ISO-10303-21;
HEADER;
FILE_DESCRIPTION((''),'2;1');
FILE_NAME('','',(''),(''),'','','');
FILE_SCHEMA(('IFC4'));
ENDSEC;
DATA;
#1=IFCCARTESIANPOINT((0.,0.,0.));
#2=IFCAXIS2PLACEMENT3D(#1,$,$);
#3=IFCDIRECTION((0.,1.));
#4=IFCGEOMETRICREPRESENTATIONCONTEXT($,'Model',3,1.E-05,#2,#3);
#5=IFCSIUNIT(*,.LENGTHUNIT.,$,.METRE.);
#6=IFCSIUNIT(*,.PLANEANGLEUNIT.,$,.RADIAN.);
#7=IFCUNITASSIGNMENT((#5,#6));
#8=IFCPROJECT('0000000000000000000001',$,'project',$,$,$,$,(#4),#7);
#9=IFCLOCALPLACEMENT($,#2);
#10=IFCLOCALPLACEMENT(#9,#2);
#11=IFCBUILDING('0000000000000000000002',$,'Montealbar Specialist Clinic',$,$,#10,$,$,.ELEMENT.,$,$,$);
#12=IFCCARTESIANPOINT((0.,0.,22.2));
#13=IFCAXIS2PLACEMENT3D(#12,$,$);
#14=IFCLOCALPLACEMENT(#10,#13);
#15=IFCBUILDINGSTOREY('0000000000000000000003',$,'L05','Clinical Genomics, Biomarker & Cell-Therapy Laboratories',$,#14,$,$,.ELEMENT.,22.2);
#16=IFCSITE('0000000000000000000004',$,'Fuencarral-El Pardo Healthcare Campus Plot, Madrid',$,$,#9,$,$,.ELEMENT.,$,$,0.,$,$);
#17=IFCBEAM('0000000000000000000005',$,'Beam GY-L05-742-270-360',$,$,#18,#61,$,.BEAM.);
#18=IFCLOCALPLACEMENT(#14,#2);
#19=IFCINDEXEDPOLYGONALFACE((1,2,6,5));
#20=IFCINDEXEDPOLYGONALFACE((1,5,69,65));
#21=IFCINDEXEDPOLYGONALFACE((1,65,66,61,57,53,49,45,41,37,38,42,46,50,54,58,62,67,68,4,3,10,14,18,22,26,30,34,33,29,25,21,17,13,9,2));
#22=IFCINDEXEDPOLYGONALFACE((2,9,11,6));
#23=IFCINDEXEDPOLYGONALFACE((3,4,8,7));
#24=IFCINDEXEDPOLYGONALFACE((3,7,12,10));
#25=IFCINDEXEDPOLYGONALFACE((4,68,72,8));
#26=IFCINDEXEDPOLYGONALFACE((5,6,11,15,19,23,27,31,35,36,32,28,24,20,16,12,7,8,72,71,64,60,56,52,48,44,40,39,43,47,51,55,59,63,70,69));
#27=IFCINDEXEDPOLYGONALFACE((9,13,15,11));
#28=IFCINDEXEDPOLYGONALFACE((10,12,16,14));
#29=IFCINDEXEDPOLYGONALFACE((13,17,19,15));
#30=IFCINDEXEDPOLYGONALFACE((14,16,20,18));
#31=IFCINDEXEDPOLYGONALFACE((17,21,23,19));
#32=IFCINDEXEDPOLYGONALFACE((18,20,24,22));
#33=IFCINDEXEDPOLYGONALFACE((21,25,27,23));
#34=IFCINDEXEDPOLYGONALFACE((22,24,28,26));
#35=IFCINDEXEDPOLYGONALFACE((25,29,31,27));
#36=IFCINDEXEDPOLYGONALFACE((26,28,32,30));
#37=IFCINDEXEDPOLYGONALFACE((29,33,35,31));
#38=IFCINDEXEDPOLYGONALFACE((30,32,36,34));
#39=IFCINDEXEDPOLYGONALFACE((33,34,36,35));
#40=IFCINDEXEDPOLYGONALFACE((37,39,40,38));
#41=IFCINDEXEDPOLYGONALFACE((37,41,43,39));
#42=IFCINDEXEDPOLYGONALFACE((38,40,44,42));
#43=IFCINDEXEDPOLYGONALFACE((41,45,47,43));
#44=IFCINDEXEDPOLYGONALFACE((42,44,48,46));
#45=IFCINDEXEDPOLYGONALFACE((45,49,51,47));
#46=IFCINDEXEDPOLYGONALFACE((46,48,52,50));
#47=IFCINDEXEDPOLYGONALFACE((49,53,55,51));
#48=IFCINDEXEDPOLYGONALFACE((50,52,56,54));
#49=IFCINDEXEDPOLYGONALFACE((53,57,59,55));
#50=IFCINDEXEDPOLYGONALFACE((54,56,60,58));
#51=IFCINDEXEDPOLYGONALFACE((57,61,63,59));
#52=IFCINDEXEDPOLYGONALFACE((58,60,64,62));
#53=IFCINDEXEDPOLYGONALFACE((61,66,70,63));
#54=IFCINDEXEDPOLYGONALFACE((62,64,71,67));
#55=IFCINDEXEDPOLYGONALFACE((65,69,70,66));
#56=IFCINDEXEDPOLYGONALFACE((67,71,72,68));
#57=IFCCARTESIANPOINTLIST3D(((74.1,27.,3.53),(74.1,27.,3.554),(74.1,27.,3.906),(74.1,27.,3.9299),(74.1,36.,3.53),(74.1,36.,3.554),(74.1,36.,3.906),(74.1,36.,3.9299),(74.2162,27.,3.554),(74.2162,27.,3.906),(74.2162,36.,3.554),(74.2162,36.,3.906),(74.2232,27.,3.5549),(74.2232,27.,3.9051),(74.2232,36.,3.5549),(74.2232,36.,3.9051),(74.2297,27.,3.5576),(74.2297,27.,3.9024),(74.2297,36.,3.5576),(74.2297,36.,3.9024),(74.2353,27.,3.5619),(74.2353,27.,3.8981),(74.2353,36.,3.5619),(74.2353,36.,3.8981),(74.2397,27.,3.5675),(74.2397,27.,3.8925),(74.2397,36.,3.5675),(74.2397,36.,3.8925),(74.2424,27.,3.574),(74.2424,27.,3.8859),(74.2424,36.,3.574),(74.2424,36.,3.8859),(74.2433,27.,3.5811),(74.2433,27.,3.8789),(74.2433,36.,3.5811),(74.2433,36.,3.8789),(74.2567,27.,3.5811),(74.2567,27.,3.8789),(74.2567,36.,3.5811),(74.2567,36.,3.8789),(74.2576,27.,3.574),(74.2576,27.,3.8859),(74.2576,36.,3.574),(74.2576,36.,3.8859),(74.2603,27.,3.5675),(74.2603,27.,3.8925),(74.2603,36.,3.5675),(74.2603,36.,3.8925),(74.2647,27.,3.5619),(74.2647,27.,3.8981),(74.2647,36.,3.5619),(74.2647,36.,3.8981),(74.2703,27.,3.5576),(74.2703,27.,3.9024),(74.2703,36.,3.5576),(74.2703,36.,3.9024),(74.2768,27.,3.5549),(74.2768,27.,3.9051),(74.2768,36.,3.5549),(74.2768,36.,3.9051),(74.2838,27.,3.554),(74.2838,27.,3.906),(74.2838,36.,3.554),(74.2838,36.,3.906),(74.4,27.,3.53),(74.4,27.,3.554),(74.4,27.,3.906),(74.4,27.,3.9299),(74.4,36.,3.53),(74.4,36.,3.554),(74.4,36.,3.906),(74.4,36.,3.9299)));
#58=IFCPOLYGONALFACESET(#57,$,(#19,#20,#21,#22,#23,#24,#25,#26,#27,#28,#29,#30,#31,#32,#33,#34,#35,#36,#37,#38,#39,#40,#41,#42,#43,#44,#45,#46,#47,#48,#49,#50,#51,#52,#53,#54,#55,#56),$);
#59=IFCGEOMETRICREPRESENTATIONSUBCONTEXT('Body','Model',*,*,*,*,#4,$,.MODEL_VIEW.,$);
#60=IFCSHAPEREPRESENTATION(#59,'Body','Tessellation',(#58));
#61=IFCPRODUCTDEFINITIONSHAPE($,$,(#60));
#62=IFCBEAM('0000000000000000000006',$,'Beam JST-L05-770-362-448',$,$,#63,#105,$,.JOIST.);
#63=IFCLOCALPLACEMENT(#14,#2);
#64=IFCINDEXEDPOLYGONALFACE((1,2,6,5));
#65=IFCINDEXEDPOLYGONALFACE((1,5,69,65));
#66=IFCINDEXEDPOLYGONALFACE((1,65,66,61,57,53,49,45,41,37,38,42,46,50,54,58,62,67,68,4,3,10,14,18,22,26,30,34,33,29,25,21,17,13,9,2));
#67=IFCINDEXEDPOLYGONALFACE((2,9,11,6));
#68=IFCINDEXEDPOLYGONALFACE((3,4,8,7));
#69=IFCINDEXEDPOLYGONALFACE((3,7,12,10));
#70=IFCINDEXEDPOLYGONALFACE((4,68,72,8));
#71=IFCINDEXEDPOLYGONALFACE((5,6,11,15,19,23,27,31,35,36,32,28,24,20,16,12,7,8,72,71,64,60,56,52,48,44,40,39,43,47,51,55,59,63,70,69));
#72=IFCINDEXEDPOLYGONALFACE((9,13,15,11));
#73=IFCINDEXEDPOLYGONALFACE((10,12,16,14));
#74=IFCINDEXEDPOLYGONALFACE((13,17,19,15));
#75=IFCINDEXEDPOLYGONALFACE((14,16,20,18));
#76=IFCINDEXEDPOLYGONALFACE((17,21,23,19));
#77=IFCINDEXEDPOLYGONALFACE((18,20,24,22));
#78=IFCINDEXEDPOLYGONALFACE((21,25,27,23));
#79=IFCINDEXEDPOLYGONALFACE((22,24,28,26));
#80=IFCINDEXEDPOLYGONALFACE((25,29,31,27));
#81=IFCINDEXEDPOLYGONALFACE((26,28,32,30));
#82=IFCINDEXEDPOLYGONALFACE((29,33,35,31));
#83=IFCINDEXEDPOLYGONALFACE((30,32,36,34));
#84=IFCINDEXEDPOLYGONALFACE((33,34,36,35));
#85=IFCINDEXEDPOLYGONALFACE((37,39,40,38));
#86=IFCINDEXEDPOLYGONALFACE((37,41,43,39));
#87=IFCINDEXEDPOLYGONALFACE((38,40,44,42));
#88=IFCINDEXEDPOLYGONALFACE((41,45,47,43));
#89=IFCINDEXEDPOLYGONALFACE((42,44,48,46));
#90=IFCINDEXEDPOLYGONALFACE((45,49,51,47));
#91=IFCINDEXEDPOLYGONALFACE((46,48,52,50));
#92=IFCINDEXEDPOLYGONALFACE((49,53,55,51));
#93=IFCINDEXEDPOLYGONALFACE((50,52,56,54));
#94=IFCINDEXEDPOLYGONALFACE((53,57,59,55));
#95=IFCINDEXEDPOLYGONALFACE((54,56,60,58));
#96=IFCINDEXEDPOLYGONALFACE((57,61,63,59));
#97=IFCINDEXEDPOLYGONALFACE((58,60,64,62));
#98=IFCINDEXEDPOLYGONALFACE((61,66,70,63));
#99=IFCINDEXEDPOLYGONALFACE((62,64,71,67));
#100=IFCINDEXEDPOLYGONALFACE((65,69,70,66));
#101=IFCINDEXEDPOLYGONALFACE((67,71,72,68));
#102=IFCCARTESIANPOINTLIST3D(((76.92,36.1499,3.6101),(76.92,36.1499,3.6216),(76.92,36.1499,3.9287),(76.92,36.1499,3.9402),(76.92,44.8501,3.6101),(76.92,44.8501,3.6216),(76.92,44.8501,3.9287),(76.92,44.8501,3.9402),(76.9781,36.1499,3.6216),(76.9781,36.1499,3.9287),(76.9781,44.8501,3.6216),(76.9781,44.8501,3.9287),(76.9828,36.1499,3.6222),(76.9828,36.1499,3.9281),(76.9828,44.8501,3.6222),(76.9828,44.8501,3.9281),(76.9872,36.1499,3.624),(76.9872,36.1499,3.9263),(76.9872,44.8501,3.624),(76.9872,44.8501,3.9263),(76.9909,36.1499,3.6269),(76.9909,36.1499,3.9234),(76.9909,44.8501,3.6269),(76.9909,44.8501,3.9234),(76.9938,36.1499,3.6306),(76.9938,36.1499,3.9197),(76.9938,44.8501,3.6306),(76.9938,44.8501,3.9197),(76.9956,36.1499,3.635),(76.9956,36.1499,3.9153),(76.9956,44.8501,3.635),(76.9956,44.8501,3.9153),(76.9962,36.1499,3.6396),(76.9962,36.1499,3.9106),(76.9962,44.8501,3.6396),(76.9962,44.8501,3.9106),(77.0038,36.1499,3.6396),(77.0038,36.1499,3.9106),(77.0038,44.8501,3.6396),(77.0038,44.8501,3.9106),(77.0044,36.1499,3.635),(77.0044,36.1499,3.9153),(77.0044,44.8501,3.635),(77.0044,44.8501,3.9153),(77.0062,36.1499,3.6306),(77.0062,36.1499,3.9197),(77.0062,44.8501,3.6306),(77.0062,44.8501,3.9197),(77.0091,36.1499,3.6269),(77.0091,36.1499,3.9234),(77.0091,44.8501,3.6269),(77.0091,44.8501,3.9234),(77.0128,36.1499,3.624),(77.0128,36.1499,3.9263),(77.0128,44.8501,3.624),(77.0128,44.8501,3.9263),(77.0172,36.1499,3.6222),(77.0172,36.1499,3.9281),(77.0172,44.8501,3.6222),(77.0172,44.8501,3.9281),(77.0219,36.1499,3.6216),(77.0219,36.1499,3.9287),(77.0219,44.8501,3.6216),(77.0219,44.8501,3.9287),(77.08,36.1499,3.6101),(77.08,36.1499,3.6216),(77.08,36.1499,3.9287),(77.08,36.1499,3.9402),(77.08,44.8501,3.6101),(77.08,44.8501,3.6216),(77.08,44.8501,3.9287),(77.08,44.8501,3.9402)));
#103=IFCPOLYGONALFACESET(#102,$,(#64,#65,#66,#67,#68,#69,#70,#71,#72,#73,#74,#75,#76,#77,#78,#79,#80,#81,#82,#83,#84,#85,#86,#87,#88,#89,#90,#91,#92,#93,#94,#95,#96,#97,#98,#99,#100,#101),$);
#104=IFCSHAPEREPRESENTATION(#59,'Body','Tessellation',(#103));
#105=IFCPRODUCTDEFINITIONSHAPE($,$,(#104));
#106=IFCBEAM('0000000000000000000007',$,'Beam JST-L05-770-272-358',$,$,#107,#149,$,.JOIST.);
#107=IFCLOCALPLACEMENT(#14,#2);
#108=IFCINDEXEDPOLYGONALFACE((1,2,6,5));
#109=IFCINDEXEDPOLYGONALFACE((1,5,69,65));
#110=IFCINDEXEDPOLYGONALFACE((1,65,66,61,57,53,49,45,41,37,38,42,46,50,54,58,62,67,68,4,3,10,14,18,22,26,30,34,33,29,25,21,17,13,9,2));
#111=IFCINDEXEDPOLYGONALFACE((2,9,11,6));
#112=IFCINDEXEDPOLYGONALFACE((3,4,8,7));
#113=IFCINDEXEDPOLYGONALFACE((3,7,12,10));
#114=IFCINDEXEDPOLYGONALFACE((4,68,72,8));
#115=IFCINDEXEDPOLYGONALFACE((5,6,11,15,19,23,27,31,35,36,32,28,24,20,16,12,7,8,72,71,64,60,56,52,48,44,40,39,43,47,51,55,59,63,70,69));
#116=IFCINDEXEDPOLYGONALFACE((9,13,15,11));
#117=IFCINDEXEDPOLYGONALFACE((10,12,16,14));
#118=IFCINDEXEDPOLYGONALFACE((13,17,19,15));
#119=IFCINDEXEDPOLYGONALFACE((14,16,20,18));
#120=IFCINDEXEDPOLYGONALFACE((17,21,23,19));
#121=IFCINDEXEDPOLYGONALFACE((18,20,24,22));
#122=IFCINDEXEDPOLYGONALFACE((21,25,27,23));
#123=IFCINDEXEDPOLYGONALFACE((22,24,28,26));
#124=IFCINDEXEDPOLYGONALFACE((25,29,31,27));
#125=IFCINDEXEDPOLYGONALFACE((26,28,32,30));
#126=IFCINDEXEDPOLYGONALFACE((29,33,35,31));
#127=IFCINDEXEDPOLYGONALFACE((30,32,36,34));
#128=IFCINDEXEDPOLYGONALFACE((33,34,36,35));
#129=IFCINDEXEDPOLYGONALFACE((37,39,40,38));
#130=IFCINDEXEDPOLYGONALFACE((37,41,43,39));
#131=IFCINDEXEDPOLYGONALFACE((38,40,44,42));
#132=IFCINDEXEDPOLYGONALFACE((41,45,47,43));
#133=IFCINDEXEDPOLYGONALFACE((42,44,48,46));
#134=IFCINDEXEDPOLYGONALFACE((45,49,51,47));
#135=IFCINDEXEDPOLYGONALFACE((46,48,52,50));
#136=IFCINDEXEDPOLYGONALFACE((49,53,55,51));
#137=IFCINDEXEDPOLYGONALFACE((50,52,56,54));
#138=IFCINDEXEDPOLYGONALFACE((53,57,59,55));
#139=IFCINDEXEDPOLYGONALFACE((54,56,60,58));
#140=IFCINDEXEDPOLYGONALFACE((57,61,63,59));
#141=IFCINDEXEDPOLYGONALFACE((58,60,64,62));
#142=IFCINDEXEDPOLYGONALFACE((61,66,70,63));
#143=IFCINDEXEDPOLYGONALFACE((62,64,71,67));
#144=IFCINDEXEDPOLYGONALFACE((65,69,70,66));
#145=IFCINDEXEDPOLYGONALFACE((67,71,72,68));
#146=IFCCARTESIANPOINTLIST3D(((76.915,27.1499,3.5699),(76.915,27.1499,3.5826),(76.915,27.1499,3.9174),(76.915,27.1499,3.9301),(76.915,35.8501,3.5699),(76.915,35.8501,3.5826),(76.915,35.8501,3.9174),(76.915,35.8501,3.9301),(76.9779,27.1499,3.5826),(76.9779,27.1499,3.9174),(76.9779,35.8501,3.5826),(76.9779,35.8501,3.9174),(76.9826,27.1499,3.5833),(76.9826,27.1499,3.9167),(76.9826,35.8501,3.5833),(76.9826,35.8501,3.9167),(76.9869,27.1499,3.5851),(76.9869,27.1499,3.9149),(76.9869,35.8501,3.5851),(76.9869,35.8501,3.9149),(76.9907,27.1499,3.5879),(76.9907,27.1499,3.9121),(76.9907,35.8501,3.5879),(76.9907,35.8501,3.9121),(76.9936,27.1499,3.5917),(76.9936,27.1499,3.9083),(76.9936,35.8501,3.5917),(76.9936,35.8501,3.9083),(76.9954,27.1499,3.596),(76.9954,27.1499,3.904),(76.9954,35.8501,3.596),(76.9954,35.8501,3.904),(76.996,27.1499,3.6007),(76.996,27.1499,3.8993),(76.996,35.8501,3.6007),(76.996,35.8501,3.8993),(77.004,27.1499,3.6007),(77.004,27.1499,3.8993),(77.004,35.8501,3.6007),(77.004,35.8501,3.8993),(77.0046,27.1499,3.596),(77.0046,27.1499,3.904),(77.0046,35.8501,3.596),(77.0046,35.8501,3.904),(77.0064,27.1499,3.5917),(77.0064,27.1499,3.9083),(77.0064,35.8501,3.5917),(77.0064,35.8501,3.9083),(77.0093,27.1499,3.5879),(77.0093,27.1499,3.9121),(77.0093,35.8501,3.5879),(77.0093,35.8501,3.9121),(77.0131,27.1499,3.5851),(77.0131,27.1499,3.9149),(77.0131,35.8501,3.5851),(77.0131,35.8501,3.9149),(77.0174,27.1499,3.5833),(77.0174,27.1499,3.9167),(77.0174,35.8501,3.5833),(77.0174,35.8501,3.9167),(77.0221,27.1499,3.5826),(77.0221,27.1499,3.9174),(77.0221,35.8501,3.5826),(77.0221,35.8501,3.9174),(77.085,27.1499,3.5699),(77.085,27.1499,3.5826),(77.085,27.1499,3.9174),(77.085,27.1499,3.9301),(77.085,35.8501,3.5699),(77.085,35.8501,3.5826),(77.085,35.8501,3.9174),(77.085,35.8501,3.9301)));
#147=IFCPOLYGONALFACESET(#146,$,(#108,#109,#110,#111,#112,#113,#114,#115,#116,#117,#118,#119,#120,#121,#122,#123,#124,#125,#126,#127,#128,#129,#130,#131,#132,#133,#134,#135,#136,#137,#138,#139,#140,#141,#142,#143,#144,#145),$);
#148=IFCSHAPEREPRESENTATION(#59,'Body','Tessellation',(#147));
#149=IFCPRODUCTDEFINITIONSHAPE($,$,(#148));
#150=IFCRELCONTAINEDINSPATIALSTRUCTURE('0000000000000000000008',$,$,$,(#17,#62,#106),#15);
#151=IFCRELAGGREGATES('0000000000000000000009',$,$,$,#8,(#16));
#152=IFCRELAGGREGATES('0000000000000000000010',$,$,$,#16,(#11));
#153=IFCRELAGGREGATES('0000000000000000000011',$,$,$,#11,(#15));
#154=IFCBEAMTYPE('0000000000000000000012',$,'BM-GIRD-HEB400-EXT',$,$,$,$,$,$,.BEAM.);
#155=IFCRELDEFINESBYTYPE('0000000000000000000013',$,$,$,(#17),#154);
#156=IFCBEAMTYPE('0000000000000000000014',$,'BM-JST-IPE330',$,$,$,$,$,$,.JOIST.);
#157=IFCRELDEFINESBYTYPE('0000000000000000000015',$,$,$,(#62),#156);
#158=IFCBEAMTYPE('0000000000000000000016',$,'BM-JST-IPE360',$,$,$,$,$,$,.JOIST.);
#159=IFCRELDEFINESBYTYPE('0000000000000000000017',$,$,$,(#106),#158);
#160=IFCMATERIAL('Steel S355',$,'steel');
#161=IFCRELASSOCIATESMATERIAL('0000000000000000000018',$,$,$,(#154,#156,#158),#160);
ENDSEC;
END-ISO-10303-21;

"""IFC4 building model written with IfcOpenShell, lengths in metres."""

from ifc_helpers import new_model, si_unit, direction, frame, origin, origin_2d, place, context, subcontext, project, spatial, i_section, extrude, material, material_profile, profile_set, type_object, element, save


model = new_model("IFC4")

# Units and contexts
model_context = context("Model", 3, precision=1e-05, world=origin(), true_north=direction((0.0, 1.0)))
body_context = subcontext(model_context, "Body", "Model", "MODEL_VIEW")
ifc_project = project(units=[si_unit("LENGTHUNIT", "METRE"), si_unit("PLANEANGLEUNIT", "RADIAN")], contexts=[model_context])

# Site, building, storey
site_placement = place(None, origin())
site = spatial("IfcSite", under=ifc_project, at=site_placement, Name="Fuencarral-El Pardo Healthcare Campus Plot, Madrid", CompositionType="ELEMENT", RefElevation=0.0)
building_placement = place(site_placement, origin())
building = spatial("IfcBuilding", under=site, at=building_placement, Name="Montealbar Specialist Clinic", CompositionType="ELEMENT")
storey_placement = place(building_placement, frame((0.0, 0.0, 22.2)))
storey = spatial("IfcBuildingStorey", under=building, at=storey_placement, Name="L05", Description="Clinical Genomics, Biomarker & Cell-Therapy Laboratories", CompositionType="ELEMENT", Elevation=22.2)

# Shared definitions
ifc_material_1 = material(Name="Steel S355", Category="steel")

# Beams
ifc_material_profile_1 = material_profile(ifc_material_1, i_section(OverallWidth=0.3, OverallDepth=0.3999, WebThickness=0.0134, FlangeThickness=0.0239, FilletRadius=0.0271, at=origin_2d()), Name="HEB 400", Category="steel")
ifc_profile_set_1 = profile_set([ifc_material_profile_1], Name="Steel S355")
beam_type_1 = type_object("IfcBeamType", Name="BM-GIRD-HEB400-EXT", PredefinedType="BEAM", material=ifc_profile_set_1)
beam_1_placement = place(storey_placement, frame((74.25, 27.0, 3.73), z_axis=(0.0, 1.0, 0.0), x_axis=(-1.0, 0.0, 0.0)))
element("IfcBeam", 1, at=beam_1_placement, inside=storey, type_object=beam_type_1, Name="Beam GY-L05-742-270-360", PredefinedType="BEAM", context=body_context, shape_type="SweptSolid", body=[
    extrude(i_section(OverallWidth=0.3, OverallDepth=0.3999, WebThickness=0.0134, FlangeThickness=0.0239, FilletRadius=0.0271, at=origin_2d()), origin(), (0.0, 0.0, 1.0), 9.0),
])
ifc_material_profile_2 = material_profile(ifc_material_1, i_section(OverallWidth=0.1599, OverallDepth=0.3301, WebThickness=0.0076, FlangeThickness=0.0115, FilletRadius=0.0181, at=origin_2d()), Name="IPE 330", Category="steel")
ifc_profile_set_2 = profile_set([ifc_material_profile_2], Name="Steel S355")
beam_type_2 = type_object("IfcBeamType", Name="BM-JST-IPE330", PredefinedType="JOIST", material=ifc_profile_set_2)
beam_2_placement = place(storey_placement, frame((77.0, 36.1499, 3.7751), z_axis=(0.0, 1.0, 0.0), x_axis=(-1.0, 0.0, 0.0)))
element("IfcBeam", 2, at=beam_2_placement, inside=storey, type_object=beam_type_2, Name="Beam JST-L05-770-362-448", PredefinedType="JOIST", context=body_context, shape_type="SweptSolid", body=[
    extrude(i_section(OverallWidth=0.1599, OverallDepth=0.3301, WebThickness=0.0076, FlangeThickness=0.0115, FilletRadius=0.0181, at=origin_2d()), origin(), (0.0, 0.0, 1.0), 8.7002),
])
ifc_material_profile_3 = material_profile(ifc_material_1, i_section(OverallWidth=0.1699, OverallDepth=0.3601, WebThickness=0.0081, FlangeThickness=0.0127, FilletRadius=0.0181, at=origin_2d()), Name="IPE 360", Category="steel")
ifc_profile_set_3 = profile_set([ifc_material_profile_3], Name="Steel S355")
beam_type_3 = type_object("IfcBeamType", Name="BM-JST-IPE360", PredefinedType="JOIST", material=ifc_profile_set_3)
beam_3_placement = place(storey_placement, frame((77.0, 27.1499, 3.75), z_axis=(0.0, 1.0, 0.0), x_axis=(-1.0, 0.0, 0.0)))
element("IfcBeam", 3, at=beam_3_placement, inside=storey, type_object=beam_type_3, Name="Beam JST-L05-770-272-358", PredefinedType="JOIST", context=body_context, shape_type="SweptSolid", body=[
    extrude(i_section(OverallWidth=0.1699, OverallDepth=0.3601, WebThickness=0.0081, FlangeThickness=0.0127, FilletRadius=0.0181, at=origin_2d()), origin(), (0.0, 0.0, 1.0), 8.7002),
])

save(model, "model.ifc")
